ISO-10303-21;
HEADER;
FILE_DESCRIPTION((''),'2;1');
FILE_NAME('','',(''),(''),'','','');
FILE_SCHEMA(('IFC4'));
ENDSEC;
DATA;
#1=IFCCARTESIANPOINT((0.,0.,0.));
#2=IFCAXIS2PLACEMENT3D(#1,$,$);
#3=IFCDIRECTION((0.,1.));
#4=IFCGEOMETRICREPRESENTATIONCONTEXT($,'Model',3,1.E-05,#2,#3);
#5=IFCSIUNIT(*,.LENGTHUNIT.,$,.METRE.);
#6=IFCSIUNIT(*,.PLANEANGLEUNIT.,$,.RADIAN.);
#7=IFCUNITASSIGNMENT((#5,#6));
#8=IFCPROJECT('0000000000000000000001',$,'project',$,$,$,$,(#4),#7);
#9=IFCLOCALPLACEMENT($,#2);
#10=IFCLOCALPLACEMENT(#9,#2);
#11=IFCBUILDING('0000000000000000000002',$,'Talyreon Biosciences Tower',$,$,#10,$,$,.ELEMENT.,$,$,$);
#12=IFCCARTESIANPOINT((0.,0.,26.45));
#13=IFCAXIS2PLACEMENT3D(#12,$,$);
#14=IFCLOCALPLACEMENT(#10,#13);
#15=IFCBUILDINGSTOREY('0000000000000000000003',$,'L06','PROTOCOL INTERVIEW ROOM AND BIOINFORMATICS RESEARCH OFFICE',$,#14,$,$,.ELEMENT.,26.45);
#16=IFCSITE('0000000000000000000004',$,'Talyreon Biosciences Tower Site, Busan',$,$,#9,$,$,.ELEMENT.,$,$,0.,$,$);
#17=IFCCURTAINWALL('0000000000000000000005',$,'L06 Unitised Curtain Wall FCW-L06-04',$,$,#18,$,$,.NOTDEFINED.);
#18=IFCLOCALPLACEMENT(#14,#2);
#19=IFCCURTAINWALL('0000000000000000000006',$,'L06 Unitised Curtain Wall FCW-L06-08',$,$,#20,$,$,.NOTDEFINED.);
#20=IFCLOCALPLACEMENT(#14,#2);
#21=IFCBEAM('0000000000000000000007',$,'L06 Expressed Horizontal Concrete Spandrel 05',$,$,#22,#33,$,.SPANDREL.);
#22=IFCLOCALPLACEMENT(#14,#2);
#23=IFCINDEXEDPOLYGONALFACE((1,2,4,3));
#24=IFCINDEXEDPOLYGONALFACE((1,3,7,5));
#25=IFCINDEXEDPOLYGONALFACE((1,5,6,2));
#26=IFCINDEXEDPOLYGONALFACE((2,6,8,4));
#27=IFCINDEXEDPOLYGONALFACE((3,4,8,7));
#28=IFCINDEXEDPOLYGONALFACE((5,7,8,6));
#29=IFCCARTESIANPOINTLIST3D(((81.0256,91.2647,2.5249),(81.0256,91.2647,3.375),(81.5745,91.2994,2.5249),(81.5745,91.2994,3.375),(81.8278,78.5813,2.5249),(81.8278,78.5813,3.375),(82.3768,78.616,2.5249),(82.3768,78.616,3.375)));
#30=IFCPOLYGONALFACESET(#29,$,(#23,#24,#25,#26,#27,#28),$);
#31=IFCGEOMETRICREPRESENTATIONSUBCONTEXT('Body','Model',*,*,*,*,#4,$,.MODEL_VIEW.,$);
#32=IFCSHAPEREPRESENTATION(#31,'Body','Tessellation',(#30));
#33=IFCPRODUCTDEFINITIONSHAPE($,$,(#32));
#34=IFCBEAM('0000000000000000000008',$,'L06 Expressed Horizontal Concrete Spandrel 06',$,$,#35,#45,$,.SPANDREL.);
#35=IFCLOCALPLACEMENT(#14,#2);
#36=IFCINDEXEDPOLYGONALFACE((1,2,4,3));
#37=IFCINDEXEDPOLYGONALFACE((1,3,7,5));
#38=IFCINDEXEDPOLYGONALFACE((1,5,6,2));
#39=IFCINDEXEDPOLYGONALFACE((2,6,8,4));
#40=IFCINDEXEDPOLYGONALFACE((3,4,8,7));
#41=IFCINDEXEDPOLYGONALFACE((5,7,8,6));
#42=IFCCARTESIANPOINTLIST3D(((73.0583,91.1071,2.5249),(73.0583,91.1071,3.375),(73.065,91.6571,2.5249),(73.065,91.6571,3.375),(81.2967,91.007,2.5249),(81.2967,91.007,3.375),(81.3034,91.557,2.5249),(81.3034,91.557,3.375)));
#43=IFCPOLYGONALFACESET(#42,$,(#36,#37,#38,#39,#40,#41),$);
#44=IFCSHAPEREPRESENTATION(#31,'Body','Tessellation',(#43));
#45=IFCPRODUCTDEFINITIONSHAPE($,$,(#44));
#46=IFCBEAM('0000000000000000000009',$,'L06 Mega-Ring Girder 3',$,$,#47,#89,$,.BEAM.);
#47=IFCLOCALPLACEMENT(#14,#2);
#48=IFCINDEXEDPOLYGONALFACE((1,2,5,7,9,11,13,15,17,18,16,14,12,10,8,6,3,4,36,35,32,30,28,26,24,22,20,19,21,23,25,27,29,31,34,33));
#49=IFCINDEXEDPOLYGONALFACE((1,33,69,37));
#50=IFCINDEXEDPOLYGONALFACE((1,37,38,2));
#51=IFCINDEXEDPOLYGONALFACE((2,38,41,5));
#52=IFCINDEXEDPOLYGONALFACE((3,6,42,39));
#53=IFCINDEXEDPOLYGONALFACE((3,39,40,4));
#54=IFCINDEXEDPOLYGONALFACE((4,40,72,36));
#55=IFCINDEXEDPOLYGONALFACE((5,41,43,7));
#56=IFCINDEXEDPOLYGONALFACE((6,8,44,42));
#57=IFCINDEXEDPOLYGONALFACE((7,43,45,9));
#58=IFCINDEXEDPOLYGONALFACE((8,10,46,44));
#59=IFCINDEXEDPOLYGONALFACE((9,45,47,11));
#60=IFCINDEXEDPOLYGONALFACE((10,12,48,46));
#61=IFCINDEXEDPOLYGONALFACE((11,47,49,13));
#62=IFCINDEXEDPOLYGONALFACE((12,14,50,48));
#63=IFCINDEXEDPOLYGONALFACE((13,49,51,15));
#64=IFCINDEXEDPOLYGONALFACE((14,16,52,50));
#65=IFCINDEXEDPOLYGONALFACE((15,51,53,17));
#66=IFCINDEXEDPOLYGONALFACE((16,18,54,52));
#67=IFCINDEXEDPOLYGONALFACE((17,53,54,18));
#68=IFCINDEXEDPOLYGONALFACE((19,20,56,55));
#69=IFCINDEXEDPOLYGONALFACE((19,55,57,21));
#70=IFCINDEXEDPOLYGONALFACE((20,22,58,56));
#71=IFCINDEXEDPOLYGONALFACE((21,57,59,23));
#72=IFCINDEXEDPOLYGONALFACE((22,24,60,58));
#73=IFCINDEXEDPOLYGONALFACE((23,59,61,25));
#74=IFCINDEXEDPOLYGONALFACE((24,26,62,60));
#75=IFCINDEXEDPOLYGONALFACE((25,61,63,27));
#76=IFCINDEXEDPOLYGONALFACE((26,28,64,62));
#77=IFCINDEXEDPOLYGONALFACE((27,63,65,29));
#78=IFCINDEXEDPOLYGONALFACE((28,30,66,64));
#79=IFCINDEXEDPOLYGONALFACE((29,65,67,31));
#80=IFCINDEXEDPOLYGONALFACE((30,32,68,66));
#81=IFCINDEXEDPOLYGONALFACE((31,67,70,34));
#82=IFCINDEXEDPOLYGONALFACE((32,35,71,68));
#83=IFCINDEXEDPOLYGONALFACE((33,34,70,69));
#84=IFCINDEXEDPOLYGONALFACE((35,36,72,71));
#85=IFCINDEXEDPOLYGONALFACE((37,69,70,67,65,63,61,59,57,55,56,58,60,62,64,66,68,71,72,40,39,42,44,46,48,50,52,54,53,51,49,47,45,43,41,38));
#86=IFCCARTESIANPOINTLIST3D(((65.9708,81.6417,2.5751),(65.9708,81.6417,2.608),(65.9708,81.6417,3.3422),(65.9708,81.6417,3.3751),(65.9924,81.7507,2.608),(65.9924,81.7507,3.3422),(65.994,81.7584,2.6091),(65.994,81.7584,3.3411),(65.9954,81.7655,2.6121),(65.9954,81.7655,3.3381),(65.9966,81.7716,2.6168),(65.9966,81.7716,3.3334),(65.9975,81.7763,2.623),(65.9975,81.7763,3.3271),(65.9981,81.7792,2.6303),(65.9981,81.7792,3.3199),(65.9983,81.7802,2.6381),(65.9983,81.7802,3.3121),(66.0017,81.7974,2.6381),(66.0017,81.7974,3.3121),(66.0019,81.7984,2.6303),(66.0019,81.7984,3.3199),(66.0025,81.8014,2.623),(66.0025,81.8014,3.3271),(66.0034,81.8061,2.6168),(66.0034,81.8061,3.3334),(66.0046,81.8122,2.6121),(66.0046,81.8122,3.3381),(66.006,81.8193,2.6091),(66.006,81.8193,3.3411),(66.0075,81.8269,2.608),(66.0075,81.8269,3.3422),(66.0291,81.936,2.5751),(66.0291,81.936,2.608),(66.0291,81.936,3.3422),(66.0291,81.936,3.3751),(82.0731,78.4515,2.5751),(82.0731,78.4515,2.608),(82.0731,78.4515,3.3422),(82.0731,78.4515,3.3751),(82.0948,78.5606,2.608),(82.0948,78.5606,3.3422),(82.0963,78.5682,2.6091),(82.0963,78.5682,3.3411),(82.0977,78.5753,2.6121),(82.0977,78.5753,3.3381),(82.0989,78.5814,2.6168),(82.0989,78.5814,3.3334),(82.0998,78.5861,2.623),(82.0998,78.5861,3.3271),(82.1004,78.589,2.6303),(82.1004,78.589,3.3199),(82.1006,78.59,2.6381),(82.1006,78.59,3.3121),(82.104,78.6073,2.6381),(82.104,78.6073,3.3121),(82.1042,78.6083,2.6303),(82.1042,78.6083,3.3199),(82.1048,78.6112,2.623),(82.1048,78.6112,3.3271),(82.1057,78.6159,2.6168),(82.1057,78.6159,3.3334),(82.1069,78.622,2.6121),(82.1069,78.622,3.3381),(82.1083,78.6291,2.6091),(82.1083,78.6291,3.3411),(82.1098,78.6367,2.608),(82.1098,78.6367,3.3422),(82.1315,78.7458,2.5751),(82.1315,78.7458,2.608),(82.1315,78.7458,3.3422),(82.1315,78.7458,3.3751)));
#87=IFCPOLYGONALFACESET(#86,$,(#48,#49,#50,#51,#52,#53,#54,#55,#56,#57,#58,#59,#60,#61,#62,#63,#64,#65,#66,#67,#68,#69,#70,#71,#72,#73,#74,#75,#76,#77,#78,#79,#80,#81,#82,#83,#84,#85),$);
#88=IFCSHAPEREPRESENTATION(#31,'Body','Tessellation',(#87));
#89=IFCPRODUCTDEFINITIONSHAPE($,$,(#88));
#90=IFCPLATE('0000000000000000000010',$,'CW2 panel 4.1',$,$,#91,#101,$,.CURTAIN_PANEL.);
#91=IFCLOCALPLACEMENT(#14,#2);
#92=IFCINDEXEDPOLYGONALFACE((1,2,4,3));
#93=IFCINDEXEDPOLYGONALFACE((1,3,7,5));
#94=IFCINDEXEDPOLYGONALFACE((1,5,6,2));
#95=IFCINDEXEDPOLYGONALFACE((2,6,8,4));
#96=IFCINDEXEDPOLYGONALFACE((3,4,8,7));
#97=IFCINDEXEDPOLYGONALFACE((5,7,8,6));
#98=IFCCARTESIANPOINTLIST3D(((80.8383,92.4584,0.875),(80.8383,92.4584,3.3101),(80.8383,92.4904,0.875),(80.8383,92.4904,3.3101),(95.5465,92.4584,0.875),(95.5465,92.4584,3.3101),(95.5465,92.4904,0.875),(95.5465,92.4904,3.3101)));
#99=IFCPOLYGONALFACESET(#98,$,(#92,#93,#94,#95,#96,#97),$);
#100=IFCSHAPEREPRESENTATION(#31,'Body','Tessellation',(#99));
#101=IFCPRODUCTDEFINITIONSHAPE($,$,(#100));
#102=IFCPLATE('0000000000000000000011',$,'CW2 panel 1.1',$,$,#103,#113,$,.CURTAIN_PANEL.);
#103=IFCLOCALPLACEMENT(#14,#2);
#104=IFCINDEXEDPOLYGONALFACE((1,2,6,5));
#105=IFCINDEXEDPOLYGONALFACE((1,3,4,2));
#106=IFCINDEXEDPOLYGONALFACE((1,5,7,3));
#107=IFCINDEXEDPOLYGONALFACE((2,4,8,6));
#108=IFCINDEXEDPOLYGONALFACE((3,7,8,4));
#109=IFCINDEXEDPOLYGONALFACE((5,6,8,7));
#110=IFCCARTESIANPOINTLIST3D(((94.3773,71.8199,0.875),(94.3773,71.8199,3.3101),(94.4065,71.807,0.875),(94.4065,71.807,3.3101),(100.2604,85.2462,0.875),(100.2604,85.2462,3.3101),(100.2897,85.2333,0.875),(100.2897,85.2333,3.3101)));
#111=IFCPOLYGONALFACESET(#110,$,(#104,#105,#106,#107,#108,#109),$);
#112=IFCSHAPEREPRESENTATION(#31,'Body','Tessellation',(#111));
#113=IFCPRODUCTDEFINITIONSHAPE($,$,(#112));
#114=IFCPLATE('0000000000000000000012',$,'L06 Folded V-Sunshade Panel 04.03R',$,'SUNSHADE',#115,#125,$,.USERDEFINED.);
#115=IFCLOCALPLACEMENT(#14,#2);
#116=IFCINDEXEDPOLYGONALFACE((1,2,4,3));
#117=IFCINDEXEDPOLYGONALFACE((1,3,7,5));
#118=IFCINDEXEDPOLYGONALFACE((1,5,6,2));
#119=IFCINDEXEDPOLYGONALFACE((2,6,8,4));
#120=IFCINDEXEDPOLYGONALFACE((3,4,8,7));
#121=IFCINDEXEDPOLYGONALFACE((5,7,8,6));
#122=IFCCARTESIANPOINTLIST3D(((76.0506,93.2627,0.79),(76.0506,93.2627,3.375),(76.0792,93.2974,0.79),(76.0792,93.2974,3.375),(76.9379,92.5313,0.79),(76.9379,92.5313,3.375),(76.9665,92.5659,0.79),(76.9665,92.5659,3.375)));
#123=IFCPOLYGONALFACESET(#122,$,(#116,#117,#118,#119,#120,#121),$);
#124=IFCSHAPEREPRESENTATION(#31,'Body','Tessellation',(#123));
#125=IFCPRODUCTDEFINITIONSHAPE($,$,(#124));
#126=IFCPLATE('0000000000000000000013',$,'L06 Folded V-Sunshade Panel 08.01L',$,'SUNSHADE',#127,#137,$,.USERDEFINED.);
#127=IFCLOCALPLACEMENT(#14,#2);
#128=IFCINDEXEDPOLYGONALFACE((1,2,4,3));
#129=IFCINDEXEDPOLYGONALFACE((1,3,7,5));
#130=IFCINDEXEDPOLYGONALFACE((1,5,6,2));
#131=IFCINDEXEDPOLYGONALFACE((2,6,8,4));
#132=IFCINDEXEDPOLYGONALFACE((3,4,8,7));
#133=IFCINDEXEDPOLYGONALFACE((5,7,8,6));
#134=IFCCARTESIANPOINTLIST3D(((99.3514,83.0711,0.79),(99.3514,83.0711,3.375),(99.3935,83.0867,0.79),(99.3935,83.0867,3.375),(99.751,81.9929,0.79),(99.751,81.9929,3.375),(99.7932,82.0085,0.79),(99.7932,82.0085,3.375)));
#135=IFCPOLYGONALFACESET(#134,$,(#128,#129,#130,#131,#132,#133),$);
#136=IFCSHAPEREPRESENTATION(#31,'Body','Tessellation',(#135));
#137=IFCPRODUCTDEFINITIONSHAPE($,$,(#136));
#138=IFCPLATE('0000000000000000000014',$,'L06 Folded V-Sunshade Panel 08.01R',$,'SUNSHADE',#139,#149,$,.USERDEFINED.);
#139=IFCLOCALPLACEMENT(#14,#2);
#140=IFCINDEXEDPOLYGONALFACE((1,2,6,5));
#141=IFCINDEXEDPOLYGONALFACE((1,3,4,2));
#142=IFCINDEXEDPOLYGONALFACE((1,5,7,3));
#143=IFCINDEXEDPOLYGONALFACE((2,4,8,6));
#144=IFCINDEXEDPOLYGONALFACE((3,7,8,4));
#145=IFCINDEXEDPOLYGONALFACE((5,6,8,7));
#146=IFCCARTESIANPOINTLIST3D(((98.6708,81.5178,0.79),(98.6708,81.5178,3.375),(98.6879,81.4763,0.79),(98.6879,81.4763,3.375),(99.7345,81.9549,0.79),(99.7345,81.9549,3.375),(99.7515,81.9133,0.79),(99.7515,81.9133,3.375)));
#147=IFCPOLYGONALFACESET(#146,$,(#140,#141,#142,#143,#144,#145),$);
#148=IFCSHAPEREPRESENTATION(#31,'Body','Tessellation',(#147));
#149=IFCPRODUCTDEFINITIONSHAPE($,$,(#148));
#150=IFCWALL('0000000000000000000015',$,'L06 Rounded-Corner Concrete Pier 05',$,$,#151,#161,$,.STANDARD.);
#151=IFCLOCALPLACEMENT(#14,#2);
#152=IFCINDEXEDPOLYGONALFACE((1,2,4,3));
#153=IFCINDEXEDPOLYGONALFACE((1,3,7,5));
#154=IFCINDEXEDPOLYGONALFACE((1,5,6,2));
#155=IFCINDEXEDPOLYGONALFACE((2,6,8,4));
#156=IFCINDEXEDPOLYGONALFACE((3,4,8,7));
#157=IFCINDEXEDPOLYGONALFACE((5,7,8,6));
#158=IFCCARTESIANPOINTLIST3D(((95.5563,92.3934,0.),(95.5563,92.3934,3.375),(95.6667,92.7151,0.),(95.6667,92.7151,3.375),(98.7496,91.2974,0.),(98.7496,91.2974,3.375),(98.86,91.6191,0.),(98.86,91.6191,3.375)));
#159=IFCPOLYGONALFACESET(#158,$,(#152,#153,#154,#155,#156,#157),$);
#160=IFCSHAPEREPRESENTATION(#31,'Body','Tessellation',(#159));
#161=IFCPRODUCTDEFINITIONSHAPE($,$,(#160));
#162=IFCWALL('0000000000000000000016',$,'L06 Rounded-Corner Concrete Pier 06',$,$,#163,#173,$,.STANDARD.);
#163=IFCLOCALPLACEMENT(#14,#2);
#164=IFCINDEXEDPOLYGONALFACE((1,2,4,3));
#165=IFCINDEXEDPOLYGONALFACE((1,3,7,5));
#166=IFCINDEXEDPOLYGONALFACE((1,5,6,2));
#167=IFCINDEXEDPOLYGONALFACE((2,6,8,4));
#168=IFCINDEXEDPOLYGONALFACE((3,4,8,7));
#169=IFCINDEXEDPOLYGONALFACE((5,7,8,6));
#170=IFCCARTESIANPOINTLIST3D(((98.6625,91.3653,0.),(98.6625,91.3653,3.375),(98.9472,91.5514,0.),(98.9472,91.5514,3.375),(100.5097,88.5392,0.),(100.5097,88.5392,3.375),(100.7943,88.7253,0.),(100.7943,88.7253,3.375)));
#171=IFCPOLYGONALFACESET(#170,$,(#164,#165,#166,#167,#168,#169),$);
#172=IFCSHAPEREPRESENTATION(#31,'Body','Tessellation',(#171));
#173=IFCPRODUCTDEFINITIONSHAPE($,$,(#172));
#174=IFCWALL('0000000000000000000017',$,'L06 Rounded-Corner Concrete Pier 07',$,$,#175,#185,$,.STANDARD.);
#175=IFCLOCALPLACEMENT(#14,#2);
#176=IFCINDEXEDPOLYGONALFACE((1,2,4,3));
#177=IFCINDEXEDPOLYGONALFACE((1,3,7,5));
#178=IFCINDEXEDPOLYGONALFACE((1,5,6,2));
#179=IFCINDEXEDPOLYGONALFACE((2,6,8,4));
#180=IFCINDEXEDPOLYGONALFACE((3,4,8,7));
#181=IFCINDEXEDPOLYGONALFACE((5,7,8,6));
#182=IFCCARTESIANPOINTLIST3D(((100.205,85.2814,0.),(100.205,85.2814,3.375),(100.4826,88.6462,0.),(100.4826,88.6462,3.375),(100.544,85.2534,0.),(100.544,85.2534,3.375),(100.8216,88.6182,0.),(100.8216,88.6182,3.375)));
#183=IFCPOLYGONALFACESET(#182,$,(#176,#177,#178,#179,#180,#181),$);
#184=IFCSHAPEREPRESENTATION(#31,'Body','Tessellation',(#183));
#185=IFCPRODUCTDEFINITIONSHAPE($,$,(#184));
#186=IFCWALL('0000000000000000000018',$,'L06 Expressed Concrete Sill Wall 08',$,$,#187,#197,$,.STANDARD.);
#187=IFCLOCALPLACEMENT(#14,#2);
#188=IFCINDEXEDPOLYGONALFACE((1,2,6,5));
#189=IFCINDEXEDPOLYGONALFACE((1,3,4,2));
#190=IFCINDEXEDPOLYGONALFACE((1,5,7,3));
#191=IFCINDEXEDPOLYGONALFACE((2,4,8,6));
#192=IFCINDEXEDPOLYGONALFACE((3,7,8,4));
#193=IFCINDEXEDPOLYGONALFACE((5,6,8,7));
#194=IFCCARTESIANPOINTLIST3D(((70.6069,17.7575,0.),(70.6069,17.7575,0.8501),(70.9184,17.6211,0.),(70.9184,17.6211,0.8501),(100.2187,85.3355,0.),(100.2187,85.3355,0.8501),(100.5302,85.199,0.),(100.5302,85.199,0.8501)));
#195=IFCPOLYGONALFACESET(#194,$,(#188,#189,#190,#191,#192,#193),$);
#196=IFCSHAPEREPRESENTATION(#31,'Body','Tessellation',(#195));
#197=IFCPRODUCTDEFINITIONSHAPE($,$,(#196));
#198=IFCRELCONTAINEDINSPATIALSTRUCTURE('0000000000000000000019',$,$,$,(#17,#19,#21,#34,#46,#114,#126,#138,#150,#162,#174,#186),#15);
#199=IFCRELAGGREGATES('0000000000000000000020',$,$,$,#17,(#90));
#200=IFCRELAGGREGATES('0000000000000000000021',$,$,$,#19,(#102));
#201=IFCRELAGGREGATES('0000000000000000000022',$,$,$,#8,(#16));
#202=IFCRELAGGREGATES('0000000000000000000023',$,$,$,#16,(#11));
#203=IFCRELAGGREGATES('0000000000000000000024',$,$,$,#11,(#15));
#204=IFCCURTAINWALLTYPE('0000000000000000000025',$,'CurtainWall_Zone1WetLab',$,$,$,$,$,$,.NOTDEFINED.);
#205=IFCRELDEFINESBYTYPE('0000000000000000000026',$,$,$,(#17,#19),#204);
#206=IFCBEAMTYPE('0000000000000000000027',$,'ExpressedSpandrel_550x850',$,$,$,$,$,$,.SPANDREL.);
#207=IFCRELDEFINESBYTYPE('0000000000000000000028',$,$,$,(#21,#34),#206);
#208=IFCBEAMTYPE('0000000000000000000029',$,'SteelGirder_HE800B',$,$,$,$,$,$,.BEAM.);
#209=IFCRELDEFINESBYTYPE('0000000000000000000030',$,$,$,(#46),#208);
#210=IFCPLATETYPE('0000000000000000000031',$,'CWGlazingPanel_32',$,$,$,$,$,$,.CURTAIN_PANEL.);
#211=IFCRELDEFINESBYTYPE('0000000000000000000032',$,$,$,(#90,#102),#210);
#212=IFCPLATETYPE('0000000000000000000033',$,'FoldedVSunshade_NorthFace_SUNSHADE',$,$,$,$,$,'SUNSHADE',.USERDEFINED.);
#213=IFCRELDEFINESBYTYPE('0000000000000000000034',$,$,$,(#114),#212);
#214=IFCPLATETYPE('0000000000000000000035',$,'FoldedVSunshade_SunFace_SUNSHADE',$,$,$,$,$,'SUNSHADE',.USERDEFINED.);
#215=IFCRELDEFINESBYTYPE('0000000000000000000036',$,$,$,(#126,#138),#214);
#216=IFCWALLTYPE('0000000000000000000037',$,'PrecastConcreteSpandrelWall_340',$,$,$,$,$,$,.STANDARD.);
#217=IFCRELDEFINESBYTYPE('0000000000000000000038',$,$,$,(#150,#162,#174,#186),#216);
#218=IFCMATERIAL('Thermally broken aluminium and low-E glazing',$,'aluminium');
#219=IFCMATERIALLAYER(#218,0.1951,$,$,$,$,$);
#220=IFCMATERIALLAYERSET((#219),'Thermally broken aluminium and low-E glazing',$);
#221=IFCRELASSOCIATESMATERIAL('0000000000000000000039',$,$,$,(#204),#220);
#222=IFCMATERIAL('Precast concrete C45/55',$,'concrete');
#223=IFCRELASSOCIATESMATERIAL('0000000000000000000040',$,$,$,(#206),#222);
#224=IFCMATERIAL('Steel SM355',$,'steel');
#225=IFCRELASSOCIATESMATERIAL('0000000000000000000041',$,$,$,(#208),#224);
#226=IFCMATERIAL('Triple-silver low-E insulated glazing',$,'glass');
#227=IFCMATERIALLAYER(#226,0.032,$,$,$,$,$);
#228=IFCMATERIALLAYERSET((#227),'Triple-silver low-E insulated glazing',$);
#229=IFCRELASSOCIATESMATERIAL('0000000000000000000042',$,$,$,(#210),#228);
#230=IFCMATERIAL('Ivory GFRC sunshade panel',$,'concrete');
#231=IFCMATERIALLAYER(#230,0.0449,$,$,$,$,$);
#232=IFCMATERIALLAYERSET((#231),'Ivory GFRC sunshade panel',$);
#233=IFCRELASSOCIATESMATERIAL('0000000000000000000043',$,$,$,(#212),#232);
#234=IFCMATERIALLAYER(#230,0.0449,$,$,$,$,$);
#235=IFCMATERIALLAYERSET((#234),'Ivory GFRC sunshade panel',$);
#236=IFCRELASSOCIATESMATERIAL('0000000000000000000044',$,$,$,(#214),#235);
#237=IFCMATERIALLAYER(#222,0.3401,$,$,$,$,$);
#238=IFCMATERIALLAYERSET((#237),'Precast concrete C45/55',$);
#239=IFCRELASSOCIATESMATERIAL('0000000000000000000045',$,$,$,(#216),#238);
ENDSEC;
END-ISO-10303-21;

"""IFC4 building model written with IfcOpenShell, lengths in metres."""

from ifc_helpers import new_model, si_unit, direction, frame, frame_2d, origin, origin_2d, place, context, subcontext, project, spatial, rectangle, i_section, extrude, material, layer, layer_set, material_profile, profile_set, type_object, element, aggregate, save


model = new_model("IFC4")

# Units and contexts
model_context = context("Model", 3, precision=1e-05, world=origin(), true_north=direction((0.0, 1.0)))
body_context = subcontext(model_context, "Body", "Model", "MODEL_VIEW")
ifc_project = project(units=[si_unit("LENGTHUNIT", "METRE"), si_unit("PLANEANGLEUNIT", "RADIAN")], contexts=[model_context])

# Site, building, storey
site_placement = place(None, origin())
site = spatial("IfcSite", under=ifc_project, at=site_placement, Name="Talyreon Biosciences Tower Site, Busan", CompositionType="ELEMENT", RefElevation=0.0)
building_placement = place(site_placement, origin())
building = spatial("IfcBuilding", under=site, at=building_placement, Name="Talyreon Biosciences Tower", CompositionType="ELEMENT")
storey_placement = place(building_placement, frame((0.0, 0.0, 26.45)))
storey = spatial("IfcBuildingStorey", under=building, at=storey_placement, Name="L06", Description="PROTOCOL INTERVIEW ROOM AND BIOINFORMATICS RESEARCH OFFICE", CompositionType="ELEMENT", Elevation=26.45)

# Curtain walls
ifc_material_1 = material(Name="Thermally broken aluminium and low-E glazing", Category="aluminium")
ifc_layer_1 = layer(ifc_material_1, 0.1951)
ifc_layer_set_1 = layer_set([ifc_layer_1], Name="Thermally broken aluminium and low-E glazing")
curtain_wall_type = type_object("IfcCurtainWallType", Name="CurtainWall_Zone1WetLab", PredefinedType="NOTDEFINED", material=ifc_layer_set_1)
curtain_wall_1_placement = place(storey_placement, origin())
curtain_wall_1 = element("IfcCurtainWall", 1, at=curtain_wall_1_placement, inside=storey, type_object=curtain_wall_type, Name="L06 Unitised Curtain Wall FCW-L06-04", PredefinedType="NOTDEFINED")
curtain_wall_2_placement = place(storey_placement, origin())
curtain_wall_2 = element("IfcCurtainWall", 2, at=curtain_wall_2_placement, inside=storey, type_object=curtain_wall_type, Name="L06 Unitised Curtain Wall FCW-L06-08", PredefinedType="NOTDEFINED")

# Beams
ifc_material_2 = material(Name="Precast concrete C45/55", Category="concrete")
ifc_material_profile_1 = material_profile(ifc_material_2, rectangle(XDim=0.55, YDim=0.8501, at=origin_2d()), Name="RCB 550x850")
ifc_profile_set_1 = profile_set([ifc_material_profile_1], Name="Precast concrete C45/55")
beam_type_1 = type_object("IfcBeamType", Name="ExpressedSpandrel_550x850", PredefinedType="SPANDREL", material=ifc_profile_set_1)
beam_1_placement = place(storey_placement, frame((82.1023, 78.5986, 2.95), z_axis=(-0.063126, 0.998006, 0.0), x_axis=(-0.998006, -0.063126, 0.0)))
element("IfcBeam", 3, at=beam_1_placement, inside=storey, type_object=beam_type_1, Name="L06 Expressed Horizontal Concrete Spandrel 05", PredefinedType="SPANDREL", context=body_context, shape_type="SweptSolid", body=[
    extrude(rectangle(XDim=0.55, YDim=0.8501, at=origin_2d()), origin(), (0.0, 0.0, 1.0), 12.7087),
])
beam_2_placement = place(storey_placement, frame((81.3, 91.282, 2.95), z_axis=(-0.999926, 0.012149, 0.0), x_axis=(-0.012149, -0.999926, 0.0)))
element("IfcBeam", 4, at=beam_2_placement, inside=storey, type_object=beam_type_1, Name="L06 Expressed Horizontal Concrete Spandrel 06", PredefinedType="SPANDREL", context=body_context, shape_type="SweptSolid", body=[
    extrude(rectangle(XDim=0.55, YDim=0.8501, at=origin_2d()), origin(), (0.0, 0.0, 1.0), 8.239),
])
ifc_material_3 = material(Name="Steel SM355", Category="steel")
ifc_material_profile_2 = material_profile(ifc_material_3, i_section(OverallWidth=0.3, OverallDepth=0.8, WebThickness=0.0176, FlangeThickness=0.033, FilletRadius=0.03, at=origin_2d()), Name="HE800B")
ifc_profile_set_2 = profile_set([ifc_material_profile_2], Name="Steel SM355")
beam_type_2 = type_object("IfcBeamType", Name="SteelGirder_HE800B", PredefinedType="BEAM", material=ifc_profile_set_2)
beam_3_placement = place(storey_placement, frame((82.1023, 78.5986, 2.9751), z_axis=(-0.980934, 0.194343, 0.0), x_axis=(-0.194343, -0.980934, 0.0)))
element("IfcBeam", 5, at=beam_3_placement, inside=storey, type_object=beam_type_2, Name="L06 Mega-Ring Girder 3", PredefinedType="BEAM", context=body_context, shape_type="SweptSolid", body=[
    extrude(i_section(OverallWidth=0.3, OverallDepth=0.8, WebThickness=0.0176, FlangeThickness=0.033, FilletRadius=0.03, at=origin_2d()), origin(), (0.0, 0.0, 1.0), 16.4153),
])

# Plates
ifc_material_4 = material(Name="Triple-silver low-E insulated glazing", Category="glass")
ifc_layer_2 = layer(ifc_material_4, 0.032)
ifc_layer_set_2 = layer_set([ifc_layer_2], Name="Triple-silver low-E insulated glazing")
plate_type_1 = type_object("IfcPlateType", Name="CWGlazingPanel_32", PredefinedType="CURTAIN_PANEL", material=ifc_layer_set_2)
plate_1_placement = place(storey_placement, frame((88.1924, 92.4744, 0.875), z_axis=(0.0, 0.0, 1.0), x_axis=(1.0, 0.0, 0.0)))
plate_1 = element("IfcPlate", 6, at=plate_1_placement, type_object=plate_type_1, Name="CW2 panel 4.1", PredefinedType="CURTAIN_PANEL", context=body_context, shape_type="SweptSolid", body=[
    extrude(rectangle(XDim=14.7083, YDim=0.032, at=origin_2d()), origin(), (0.0, 0.0, 1.0), 2.4351),
])
aggregate(curtain_wall_1, [plate_1])
plate_2_placement = place(storey_placement, frame((97.3335, 78.5266, 0.875), z_axis=(0.0, 0.0, 1.0), x_axis=(-0.401345, -0.915927, 0.0)))
plate_2 = element("IfcPlate", 7, at=plate_2_placement, type_object=plate_type_1, Name="CW2 panel 1.1", PredefinedType="CURTAIN_PANEL", context=body_context, shape_type="SweptSolid", body=[
    extrude(rectangle(XDim=14.6587, YDim=0.032, at=origin_2d()), origin(), (0.0, 0.0, 1.0), 2.4351),
])
aggregate(curtain_wall_2, [plate_2])

# Plates
ifc_material_5 = material(Name="Ivory GFRC sunshade panel", Category="concrete")
ifc_layer_3 = layer(ifc_material_5, 0.0449)
ifc_layer_set_3 = layer_set([ifc_layer_3], Name="Ivory GFRC sunshade panel")
plate_type_2 = type_object("IfcPlateType", Name="FoldedVSunshade_NorthFace_SUNSHADE", ElementType="SUNSHADE", PredefinedType="USERDEFINED", material=ifc_layer_set_3)
plate_3_placement = place(storey_placement, frame((76.5085, 92.9143, 0.79), z_axis=(0.0, 0.0, 1.0), x_axis=(0.771625, -0.636078, 0.0)))
element("IfcPlate", 8, at=plate_3_placement, inside=storey, type_object=plate_type_2, Name="L06 Folded V-Sunshade Panel 04.03R", ObjectType="SUNSHADE", PredefinedType="USERDEFINED", context=body_context, shape_type="SweptSolid", body=[
    extrude(rectangle(XDim=1.1499, YDim=0.0449, at=origin_2d()), origin(), (0.0, 0.0, 1.0), 2.585),
])
ifc_layer_4 = layer(ifc_material_5, 0.0449)
ifc_layer_set_4 = layer_set([ifc_layer_4], Name="Ivory GFRC sunshade panel")
plate_type_3 = type_object("IfcPlateType", Name="FoldedVSunshade_SunFace_SUNSHADE", ElementType="SUNSHADE", PredefinedType="USERDEFINED", material=ifc_layer_set_4)
for number, where, z_axis, x_axis, name in (
    (9, (99.5723, 82.5398, 0.79), (0.0, 0.0, 1.0), (0.347558, -0.937659, 0.0), "L06 Folded V-Sunshade Panel 08.01L"),
    (10, (99.2112, 81.7156, 0.79), (0.0, 0.0, 1.0), (-0.924958, -0.38007, 0.0), "L06 Folded V-Sunshade Panel 08.01R"),
):
    element("IfcPlate", number, at=place(storey_placement, frame(where, z_axis=z_axis, x_axis=x_axis)), inside=storey, type_object=plate_type_3, Name=name, ObjectType="SUNSHADE", PredefinedType="USERDEFINED", context=body_context, shape_type="SweptSolid", body=[
        extrude(rectangle(XDim=1.1499, YDim=0.0449, at=origin_2d()), origin(), (0.0, 0.0, 1.0), 2.585),
    ])

# Walls
ifc_layer_5 = layer(ifc_material_2, 0.3401)
ifc_layer_set_5 = layer_set([ifc_layer_5], Name="Precast concrete C45/55")
wall_type = type_object("IfcWallType", Name="PrecastConcreteSpandrelWall_340", PredefinedType="STANDARD", material=ifc_layer_set_5)
for number, where, z_axis, x_axis, name in (
    (11, (95.6116, 92.5542, 0.0), (0.0, 0.0, 1.0), (0.945848, -0.324611, 0.0), "L06 Rounded-Corner Concrete Pier 05"),
    (12, (98.8049, 91.4583, 0.0), (0.0, 0.0, 1.0), (0.547101, -0.837066, 0.0), "L06 Rounded-Corner Concrete Pier 06"),
    (13, (100.6521, 88.6321, 0.0), (0.0, 0.0, 1.0), (-0.08222, -0.996614, 0.0), "L06 Rounded-Corner Concrete Pier 07"),
):
    element("IfcWall", number, at=place(storey_placement, frame(where, z_axis=z_axis, x_axis=x_axis)), inside=storey, type_object=wall_type, Name=name, PredefinedType="STANDARD", context=body_context, shape_type="SweptSolid", body=[
        extrude(rectangle(XDim=3.3762, YDim=0.3401, at=frame_2d((1.688, 0.0))), origin(), (0.0, 0.0, 1.0), 3.375),
    ])
wall_placement = place(storey_placement, frame((100.3745, 85.2673, 0.0), z_axis=(0.0, 0.0, 1.0), x_axis=(-0.401348, -0.915926, 0.0)))
element("IfcWall", 14, at=wall_placement, inside=storey, type_object=wall_type, Name="L06 Expressed Concrete Sill Wall 08", PredefinedType="STANDARD", context=body_context, shape_type="SweptSolid", body=[
    extrude(rectangle(XDim=73.781, YDim=0.3401, at=frame_2d((36.8906, 0.0))), origin(), (0.0, 0.0, 1.0), 0.8501),
])

save(model, "model.ifc")
